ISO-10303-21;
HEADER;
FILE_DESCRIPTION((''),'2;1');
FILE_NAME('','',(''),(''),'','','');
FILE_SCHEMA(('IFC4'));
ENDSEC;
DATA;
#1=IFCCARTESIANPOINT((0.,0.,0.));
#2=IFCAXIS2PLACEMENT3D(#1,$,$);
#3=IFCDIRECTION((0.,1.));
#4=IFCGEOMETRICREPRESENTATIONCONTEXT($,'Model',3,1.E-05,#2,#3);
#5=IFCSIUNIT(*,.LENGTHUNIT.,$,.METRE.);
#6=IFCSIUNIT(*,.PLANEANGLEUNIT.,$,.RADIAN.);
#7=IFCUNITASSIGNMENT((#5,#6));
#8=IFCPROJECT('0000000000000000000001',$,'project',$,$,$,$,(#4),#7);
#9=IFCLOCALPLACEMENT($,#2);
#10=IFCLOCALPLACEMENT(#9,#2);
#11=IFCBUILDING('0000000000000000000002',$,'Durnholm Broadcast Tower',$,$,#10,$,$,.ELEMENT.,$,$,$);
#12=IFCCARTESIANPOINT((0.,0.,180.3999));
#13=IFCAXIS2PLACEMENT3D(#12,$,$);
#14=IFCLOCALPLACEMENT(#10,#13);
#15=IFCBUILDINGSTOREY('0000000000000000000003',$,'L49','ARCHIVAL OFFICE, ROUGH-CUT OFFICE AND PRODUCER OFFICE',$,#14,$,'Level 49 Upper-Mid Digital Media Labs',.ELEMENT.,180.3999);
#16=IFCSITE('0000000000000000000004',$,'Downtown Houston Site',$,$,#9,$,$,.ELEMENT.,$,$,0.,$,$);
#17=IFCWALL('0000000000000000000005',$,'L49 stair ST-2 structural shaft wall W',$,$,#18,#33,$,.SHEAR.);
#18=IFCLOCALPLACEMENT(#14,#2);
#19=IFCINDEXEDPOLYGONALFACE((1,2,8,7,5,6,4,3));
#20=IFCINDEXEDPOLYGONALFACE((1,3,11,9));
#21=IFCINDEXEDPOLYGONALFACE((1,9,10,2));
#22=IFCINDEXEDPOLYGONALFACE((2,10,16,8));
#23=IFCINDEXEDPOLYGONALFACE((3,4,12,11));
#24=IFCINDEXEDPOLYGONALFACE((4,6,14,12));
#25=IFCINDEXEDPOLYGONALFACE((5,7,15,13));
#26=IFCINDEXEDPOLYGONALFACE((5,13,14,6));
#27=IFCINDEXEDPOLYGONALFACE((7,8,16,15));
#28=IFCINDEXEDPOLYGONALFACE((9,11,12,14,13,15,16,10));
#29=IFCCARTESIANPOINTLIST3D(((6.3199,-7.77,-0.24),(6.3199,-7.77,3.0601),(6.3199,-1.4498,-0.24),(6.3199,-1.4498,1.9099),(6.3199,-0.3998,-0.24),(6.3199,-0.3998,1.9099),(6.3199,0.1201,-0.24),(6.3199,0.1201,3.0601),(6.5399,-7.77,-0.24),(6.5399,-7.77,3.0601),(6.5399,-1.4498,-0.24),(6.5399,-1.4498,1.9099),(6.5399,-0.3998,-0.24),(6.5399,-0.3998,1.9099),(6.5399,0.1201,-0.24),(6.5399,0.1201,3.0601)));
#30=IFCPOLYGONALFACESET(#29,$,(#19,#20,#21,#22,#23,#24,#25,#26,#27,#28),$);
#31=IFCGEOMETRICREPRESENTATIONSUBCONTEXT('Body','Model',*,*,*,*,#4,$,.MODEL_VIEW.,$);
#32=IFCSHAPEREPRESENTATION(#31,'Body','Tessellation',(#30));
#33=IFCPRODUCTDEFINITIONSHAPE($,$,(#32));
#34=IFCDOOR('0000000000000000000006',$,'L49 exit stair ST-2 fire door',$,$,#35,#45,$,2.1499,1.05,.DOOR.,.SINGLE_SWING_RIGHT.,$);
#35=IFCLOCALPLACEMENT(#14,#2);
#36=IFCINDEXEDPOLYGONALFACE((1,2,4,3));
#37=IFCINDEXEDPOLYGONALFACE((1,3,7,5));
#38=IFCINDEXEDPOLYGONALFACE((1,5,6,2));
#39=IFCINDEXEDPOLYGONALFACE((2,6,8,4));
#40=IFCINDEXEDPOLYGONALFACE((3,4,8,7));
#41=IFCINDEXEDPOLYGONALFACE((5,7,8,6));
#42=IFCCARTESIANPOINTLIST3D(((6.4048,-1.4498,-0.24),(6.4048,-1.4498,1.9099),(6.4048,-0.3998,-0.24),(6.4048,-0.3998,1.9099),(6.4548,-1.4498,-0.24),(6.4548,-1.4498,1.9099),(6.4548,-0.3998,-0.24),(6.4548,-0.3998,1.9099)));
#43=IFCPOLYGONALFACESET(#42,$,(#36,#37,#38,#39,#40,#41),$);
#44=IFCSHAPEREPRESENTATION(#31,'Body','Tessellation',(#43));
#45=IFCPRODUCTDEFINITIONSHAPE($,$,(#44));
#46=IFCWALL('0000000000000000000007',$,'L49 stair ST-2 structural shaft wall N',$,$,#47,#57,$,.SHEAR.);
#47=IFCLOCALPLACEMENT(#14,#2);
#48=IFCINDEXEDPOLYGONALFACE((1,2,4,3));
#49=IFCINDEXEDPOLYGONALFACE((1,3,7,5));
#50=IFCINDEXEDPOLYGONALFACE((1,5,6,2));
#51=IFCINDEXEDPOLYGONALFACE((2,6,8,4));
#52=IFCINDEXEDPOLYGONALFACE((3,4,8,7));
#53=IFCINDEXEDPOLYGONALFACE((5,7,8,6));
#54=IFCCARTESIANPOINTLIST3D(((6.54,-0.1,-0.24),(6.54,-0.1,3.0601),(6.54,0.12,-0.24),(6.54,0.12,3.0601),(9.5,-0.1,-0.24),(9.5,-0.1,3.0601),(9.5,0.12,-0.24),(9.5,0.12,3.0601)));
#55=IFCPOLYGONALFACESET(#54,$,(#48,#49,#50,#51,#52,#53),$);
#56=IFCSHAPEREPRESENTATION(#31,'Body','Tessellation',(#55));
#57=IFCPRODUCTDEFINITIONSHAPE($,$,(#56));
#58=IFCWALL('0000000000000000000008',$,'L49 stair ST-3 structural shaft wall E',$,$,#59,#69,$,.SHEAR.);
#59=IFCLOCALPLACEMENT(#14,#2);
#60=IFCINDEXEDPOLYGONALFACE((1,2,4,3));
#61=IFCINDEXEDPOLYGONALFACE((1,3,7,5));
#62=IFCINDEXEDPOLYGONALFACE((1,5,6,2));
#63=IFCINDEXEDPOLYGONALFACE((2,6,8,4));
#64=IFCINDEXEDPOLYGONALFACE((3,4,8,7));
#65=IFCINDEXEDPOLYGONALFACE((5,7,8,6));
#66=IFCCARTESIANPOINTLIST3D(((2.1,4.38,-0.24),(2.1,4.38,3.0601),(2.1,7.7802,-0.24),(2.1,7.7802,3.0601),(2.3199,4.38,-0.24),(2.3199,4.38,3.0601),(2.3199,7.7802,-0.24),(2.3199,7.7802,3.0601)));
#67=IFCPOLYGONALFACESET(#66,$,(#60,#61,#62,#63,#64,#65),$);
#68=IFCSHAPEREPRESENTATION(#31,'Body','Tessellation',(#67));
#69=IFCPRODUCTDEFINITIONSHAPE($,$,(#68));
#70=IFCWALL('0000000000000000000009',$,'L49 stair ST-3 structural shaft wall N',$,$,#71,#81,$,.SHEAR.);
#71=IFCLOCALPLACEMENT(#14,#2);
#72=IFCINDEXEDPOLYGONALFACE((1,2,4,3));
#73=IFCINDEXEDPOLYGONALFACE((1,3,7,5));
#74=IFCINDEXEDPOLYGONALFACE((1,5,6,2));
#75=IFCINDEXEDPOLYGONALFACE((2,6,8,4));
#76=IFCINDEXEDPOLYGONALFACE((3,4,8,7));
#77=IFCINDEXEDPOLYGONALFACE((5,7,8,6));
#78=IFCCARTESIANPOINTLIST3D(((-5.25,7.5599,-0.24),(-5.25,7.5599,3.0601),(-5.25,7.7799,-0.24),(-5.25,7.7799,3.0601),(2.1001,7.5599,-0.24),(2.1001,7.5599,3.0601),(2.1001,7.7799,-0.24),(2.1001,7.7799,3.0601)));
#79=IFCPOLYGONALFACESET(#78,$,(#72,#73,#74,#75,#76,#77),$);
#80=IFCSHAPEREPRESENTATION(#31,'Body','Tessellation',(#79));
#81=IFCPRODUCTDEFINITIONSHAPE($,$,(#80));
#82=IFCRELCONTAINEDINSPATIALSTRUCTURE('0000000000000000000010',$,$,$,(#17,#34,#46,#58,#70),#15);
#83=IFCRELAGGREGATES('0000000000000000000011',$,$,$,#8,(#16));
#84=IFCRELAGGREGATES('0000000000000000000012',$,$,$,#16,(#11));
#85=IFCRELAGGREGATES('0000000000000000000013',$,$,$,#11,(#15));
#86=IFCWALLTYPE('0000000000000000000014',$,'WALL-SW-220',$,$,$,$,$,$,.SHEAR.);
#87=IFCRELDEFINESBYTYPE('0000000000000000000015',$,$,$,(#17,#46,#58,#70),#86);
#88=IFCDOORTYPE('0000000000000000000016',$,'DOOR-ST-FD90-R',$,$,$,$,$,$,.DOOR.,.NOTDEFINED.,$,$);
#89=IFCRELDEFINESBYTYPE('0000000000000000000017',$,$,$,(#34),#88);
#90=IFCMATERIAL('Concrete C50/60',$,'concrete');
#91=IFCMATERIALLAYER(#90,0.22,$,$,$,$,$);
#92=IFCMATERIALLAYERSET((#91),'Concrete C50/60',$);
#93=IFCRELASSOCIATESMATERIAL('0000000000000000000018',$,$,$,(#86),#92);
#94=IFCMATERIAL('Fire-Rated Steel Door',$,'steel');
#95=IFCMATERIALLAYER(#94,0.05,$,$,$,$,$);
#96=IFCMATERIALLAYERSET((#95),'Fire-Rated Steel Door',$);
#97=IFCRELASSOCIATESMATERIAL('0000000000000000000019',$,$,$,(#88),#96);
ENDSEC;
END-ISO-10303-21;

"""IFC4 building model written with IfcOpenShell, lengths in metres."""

from ifc_helpers import new_model, si_unit, direction, frame, frame_2d, origin, place, context, subcontext, project, spatial, rectangle, extrude, source, transform, mapped, material, layer, layer_set, type_object, type_shapes, element, fill, save


model = new_model("IFC4")

# Units and contexts
model_context = context("Model", 3, precision=1e-05, world=origin(), true_north=direction((0.0, 1.0)))
body_context = subcontext(model_context, "Body", "Model", "MODEL_VIEW")
ifc_project = project(units=[si_unit("LENGTHUNIT", "METRE"), si_unit("PLANEANGLEUNIT", "RADIAN")], contexts=[model_context])

# Site, building, storey
site_placement = place(None, origin())
site = spatial("IfcSite", under=ifc_project, at=site_placement, Name="Downtown Houston Site", CompositionType="ELEMENT", RefElevation=0.0)
building_placement = place(site_placement, origin())
building = spatial("IfcBuilding", under=site, at=building_placement, Name="Durnholm Broadcast Tower", CompositionType="ELEMENT")
storey_placement = place(building_placement, frame((0.0, 0.0, 180.3999)))
storey = spatial("IfcBuildingStorey", under=building, at=storey_placement, Name="L49", Description="ARCHIVAL OFFICE, ROUGH-CUT OFFICE AND PRODUCER OFFICE", LongName="Level 49 Upper-Mid Digital Media Labs", CompositionType="ELEMENT", Elevation=180.3999)

# Wall, opening, door
ifc_material_1 = material(Name="Concrete C50/60", Category="concrete")
ifc_layer_1 = layer(ifc_material_1, 0.22)
ifc_layer_set_1 = layer_set([ifc_layer_1], Name="Concrete C50/60")
wall_type_1 = type_object("IfcWallType", Name="WALL-SW-220", PredefinedType="SHEAR", material=ifc_layer_set_1)
wall_1_placement = place(storey_placement, frame((6.4299, 0.1201, -0.24), z_axis=(0.0, 0.0, 1.0), x_axis=(0.0, -1.0, 0.0)))
wall_1 = element("IfcWall", 1, at=wall_1_placement, inside=storey, type_object=wall_type_1, Name="L49 stair ST-2 structural shaft wall W", PredefinedType="SHEAR", context=body_context, shape_type="SweptSolid", body=[
    extrude(rectangle(XDim=7.8901, YDim=0.22, at=frame_2d((3.9451, 0.0))), origin(), (0.0, 0.0, 1.0), 3.3),
])
opening_1_placement = place(wall_1_placement, frame((0.52, 0.0, 0.0)))
opening_1 = element("IfcOpeningElement", 2, at=opening_1_placement, cuts=wall_1, PredefinedType="OPENING", context=body_context, shape_type="SweptSolid", body=[
    extrude(rectangle(XDim=1.05, YDim=2.1499, at=frame_2d((0.5249, 1.075))), frame((0.0, 0.1201, 0.0), z_axis=(0.0, -1.0, 0.0), x_axis=(1.0, 0.0, 0.0)), (0.0, 0.0, 1.0), 0.24),
])
ifc_material_2 = material(Name="Fire-Rated Steel Door", Category="steel")
ifc_layer_2 = layer(ifc_material_2, 0.05)
ifc_layer_set_2 = layer_set([ifc_layer_2], Name="Fire-Rated Steel Door")
door_type_1 = type_object("IfcDoorType", Name="DOOR-ST-FD90-R", OperationType="NOTDEFINED", PredefinedType="DOOR", material=ifc_layer_set_2)
shared_shape_1 = source(origin(), body_context, "Body", "SweptSolid", [
    extrude(rectangle(XDim=1.05, YDim=2.1499, at=frame_2d((0.5249, 1.075))), frame((0.0, 0.0249, 0.0), z_axis=(0.0, -1.0, 0.0), x_axis=(1.0, 0.0, 0.0)), (0.0, 0.0, 1.0), 0.05),
])
type_shapes(door_type_1, [shared_shape_1])
door_1_placement = place(opening_1_placement, origin())
door_1 = element("IfcDoor", 3, at=door_1_placement, inside=storey, type_object=door_type_1, Name="L49 exit stair ST-2 fire door", OperationType="SINGLE_SWING_RIGHT", OverallHeight=2.1499, OverallWidth=1.05, PredefinedType="DOOR", context=body_context, shape_type="MappedRepresentation", body=[
    mapped(shared_shape_1, transform((0.0, 0.0, 0.0), x_axis=(1.0, 0.0, 0.0), y_axis=(0.0, 1.0, 0.0), z_axis=(0.0, 0.0, 1.0), scale=1.0)),
])
fill(opening_1, door_1)

# Walls
wall_2_placement = place(storey_placement, frame((9.5, 0.01, -0.24), z_axis=(0.0, 0.0, 1.0), x_axis=(-1.0, 0.0, 0.0)))
element("IfcWall", 4, at=wall_2_placement, inside=storey, type_object=wall_type_1, Name="L49 stair ST-2 structural shaft wall N", PredefinedType="SHEAR", context=body_context, shape_type="SweptSolid", body=[
    extrude(rectangle(XDim=2.96, YDim=0.22, at=frame_2d((1.48, 0.0))), origin(), (0.0, 0.0, 1.0), 3.3),
])
wall_3_placement = place(storey_placement, frame((2.21, 4.3799, -0.24), z_axis=(0.0, 0.0, 1.0), x_axis=(0.0, 1.0, 0.0)))
element("IfcWall", 5, at=wall_3_placement, inside=storey, type_object=wall_type_1, Name="L49 stair ST-3 structural shaft wall E", PredefinedType="SHEAR", context=body_context, shape_type="SweptSolid", body=[
    extrude(rectangle(XDim=3.4001, YDim=0.22, at=frame_2d((1.7002, 0.0))), origin(), (0.0, 0.0, 1.0), 3.3),
])
wall_4_placement = place(storey_placement, frame((2.1001, 7.6699, -0.24), z_axis=(0.0, 0.0, 1.0), x_axis=(-1.0, 0.0, 0.0)))
element("IfcWall", 6, at=wall_4_placement, inside=storey, type_object=wall_type_1, Name="L49 stair ST-3 structural shaft wall N", PredefinedType="SHEAR", context=body_context, shape_type="SweptSolid", body=[
    extrude(rectangle(XDim=7.3501, YDim=0.22, at=frame_2d((3.675, 0.0))), origin(), (0.0, 0.0, 1.0), 3.3),
])

save(model, "model.ifc")
